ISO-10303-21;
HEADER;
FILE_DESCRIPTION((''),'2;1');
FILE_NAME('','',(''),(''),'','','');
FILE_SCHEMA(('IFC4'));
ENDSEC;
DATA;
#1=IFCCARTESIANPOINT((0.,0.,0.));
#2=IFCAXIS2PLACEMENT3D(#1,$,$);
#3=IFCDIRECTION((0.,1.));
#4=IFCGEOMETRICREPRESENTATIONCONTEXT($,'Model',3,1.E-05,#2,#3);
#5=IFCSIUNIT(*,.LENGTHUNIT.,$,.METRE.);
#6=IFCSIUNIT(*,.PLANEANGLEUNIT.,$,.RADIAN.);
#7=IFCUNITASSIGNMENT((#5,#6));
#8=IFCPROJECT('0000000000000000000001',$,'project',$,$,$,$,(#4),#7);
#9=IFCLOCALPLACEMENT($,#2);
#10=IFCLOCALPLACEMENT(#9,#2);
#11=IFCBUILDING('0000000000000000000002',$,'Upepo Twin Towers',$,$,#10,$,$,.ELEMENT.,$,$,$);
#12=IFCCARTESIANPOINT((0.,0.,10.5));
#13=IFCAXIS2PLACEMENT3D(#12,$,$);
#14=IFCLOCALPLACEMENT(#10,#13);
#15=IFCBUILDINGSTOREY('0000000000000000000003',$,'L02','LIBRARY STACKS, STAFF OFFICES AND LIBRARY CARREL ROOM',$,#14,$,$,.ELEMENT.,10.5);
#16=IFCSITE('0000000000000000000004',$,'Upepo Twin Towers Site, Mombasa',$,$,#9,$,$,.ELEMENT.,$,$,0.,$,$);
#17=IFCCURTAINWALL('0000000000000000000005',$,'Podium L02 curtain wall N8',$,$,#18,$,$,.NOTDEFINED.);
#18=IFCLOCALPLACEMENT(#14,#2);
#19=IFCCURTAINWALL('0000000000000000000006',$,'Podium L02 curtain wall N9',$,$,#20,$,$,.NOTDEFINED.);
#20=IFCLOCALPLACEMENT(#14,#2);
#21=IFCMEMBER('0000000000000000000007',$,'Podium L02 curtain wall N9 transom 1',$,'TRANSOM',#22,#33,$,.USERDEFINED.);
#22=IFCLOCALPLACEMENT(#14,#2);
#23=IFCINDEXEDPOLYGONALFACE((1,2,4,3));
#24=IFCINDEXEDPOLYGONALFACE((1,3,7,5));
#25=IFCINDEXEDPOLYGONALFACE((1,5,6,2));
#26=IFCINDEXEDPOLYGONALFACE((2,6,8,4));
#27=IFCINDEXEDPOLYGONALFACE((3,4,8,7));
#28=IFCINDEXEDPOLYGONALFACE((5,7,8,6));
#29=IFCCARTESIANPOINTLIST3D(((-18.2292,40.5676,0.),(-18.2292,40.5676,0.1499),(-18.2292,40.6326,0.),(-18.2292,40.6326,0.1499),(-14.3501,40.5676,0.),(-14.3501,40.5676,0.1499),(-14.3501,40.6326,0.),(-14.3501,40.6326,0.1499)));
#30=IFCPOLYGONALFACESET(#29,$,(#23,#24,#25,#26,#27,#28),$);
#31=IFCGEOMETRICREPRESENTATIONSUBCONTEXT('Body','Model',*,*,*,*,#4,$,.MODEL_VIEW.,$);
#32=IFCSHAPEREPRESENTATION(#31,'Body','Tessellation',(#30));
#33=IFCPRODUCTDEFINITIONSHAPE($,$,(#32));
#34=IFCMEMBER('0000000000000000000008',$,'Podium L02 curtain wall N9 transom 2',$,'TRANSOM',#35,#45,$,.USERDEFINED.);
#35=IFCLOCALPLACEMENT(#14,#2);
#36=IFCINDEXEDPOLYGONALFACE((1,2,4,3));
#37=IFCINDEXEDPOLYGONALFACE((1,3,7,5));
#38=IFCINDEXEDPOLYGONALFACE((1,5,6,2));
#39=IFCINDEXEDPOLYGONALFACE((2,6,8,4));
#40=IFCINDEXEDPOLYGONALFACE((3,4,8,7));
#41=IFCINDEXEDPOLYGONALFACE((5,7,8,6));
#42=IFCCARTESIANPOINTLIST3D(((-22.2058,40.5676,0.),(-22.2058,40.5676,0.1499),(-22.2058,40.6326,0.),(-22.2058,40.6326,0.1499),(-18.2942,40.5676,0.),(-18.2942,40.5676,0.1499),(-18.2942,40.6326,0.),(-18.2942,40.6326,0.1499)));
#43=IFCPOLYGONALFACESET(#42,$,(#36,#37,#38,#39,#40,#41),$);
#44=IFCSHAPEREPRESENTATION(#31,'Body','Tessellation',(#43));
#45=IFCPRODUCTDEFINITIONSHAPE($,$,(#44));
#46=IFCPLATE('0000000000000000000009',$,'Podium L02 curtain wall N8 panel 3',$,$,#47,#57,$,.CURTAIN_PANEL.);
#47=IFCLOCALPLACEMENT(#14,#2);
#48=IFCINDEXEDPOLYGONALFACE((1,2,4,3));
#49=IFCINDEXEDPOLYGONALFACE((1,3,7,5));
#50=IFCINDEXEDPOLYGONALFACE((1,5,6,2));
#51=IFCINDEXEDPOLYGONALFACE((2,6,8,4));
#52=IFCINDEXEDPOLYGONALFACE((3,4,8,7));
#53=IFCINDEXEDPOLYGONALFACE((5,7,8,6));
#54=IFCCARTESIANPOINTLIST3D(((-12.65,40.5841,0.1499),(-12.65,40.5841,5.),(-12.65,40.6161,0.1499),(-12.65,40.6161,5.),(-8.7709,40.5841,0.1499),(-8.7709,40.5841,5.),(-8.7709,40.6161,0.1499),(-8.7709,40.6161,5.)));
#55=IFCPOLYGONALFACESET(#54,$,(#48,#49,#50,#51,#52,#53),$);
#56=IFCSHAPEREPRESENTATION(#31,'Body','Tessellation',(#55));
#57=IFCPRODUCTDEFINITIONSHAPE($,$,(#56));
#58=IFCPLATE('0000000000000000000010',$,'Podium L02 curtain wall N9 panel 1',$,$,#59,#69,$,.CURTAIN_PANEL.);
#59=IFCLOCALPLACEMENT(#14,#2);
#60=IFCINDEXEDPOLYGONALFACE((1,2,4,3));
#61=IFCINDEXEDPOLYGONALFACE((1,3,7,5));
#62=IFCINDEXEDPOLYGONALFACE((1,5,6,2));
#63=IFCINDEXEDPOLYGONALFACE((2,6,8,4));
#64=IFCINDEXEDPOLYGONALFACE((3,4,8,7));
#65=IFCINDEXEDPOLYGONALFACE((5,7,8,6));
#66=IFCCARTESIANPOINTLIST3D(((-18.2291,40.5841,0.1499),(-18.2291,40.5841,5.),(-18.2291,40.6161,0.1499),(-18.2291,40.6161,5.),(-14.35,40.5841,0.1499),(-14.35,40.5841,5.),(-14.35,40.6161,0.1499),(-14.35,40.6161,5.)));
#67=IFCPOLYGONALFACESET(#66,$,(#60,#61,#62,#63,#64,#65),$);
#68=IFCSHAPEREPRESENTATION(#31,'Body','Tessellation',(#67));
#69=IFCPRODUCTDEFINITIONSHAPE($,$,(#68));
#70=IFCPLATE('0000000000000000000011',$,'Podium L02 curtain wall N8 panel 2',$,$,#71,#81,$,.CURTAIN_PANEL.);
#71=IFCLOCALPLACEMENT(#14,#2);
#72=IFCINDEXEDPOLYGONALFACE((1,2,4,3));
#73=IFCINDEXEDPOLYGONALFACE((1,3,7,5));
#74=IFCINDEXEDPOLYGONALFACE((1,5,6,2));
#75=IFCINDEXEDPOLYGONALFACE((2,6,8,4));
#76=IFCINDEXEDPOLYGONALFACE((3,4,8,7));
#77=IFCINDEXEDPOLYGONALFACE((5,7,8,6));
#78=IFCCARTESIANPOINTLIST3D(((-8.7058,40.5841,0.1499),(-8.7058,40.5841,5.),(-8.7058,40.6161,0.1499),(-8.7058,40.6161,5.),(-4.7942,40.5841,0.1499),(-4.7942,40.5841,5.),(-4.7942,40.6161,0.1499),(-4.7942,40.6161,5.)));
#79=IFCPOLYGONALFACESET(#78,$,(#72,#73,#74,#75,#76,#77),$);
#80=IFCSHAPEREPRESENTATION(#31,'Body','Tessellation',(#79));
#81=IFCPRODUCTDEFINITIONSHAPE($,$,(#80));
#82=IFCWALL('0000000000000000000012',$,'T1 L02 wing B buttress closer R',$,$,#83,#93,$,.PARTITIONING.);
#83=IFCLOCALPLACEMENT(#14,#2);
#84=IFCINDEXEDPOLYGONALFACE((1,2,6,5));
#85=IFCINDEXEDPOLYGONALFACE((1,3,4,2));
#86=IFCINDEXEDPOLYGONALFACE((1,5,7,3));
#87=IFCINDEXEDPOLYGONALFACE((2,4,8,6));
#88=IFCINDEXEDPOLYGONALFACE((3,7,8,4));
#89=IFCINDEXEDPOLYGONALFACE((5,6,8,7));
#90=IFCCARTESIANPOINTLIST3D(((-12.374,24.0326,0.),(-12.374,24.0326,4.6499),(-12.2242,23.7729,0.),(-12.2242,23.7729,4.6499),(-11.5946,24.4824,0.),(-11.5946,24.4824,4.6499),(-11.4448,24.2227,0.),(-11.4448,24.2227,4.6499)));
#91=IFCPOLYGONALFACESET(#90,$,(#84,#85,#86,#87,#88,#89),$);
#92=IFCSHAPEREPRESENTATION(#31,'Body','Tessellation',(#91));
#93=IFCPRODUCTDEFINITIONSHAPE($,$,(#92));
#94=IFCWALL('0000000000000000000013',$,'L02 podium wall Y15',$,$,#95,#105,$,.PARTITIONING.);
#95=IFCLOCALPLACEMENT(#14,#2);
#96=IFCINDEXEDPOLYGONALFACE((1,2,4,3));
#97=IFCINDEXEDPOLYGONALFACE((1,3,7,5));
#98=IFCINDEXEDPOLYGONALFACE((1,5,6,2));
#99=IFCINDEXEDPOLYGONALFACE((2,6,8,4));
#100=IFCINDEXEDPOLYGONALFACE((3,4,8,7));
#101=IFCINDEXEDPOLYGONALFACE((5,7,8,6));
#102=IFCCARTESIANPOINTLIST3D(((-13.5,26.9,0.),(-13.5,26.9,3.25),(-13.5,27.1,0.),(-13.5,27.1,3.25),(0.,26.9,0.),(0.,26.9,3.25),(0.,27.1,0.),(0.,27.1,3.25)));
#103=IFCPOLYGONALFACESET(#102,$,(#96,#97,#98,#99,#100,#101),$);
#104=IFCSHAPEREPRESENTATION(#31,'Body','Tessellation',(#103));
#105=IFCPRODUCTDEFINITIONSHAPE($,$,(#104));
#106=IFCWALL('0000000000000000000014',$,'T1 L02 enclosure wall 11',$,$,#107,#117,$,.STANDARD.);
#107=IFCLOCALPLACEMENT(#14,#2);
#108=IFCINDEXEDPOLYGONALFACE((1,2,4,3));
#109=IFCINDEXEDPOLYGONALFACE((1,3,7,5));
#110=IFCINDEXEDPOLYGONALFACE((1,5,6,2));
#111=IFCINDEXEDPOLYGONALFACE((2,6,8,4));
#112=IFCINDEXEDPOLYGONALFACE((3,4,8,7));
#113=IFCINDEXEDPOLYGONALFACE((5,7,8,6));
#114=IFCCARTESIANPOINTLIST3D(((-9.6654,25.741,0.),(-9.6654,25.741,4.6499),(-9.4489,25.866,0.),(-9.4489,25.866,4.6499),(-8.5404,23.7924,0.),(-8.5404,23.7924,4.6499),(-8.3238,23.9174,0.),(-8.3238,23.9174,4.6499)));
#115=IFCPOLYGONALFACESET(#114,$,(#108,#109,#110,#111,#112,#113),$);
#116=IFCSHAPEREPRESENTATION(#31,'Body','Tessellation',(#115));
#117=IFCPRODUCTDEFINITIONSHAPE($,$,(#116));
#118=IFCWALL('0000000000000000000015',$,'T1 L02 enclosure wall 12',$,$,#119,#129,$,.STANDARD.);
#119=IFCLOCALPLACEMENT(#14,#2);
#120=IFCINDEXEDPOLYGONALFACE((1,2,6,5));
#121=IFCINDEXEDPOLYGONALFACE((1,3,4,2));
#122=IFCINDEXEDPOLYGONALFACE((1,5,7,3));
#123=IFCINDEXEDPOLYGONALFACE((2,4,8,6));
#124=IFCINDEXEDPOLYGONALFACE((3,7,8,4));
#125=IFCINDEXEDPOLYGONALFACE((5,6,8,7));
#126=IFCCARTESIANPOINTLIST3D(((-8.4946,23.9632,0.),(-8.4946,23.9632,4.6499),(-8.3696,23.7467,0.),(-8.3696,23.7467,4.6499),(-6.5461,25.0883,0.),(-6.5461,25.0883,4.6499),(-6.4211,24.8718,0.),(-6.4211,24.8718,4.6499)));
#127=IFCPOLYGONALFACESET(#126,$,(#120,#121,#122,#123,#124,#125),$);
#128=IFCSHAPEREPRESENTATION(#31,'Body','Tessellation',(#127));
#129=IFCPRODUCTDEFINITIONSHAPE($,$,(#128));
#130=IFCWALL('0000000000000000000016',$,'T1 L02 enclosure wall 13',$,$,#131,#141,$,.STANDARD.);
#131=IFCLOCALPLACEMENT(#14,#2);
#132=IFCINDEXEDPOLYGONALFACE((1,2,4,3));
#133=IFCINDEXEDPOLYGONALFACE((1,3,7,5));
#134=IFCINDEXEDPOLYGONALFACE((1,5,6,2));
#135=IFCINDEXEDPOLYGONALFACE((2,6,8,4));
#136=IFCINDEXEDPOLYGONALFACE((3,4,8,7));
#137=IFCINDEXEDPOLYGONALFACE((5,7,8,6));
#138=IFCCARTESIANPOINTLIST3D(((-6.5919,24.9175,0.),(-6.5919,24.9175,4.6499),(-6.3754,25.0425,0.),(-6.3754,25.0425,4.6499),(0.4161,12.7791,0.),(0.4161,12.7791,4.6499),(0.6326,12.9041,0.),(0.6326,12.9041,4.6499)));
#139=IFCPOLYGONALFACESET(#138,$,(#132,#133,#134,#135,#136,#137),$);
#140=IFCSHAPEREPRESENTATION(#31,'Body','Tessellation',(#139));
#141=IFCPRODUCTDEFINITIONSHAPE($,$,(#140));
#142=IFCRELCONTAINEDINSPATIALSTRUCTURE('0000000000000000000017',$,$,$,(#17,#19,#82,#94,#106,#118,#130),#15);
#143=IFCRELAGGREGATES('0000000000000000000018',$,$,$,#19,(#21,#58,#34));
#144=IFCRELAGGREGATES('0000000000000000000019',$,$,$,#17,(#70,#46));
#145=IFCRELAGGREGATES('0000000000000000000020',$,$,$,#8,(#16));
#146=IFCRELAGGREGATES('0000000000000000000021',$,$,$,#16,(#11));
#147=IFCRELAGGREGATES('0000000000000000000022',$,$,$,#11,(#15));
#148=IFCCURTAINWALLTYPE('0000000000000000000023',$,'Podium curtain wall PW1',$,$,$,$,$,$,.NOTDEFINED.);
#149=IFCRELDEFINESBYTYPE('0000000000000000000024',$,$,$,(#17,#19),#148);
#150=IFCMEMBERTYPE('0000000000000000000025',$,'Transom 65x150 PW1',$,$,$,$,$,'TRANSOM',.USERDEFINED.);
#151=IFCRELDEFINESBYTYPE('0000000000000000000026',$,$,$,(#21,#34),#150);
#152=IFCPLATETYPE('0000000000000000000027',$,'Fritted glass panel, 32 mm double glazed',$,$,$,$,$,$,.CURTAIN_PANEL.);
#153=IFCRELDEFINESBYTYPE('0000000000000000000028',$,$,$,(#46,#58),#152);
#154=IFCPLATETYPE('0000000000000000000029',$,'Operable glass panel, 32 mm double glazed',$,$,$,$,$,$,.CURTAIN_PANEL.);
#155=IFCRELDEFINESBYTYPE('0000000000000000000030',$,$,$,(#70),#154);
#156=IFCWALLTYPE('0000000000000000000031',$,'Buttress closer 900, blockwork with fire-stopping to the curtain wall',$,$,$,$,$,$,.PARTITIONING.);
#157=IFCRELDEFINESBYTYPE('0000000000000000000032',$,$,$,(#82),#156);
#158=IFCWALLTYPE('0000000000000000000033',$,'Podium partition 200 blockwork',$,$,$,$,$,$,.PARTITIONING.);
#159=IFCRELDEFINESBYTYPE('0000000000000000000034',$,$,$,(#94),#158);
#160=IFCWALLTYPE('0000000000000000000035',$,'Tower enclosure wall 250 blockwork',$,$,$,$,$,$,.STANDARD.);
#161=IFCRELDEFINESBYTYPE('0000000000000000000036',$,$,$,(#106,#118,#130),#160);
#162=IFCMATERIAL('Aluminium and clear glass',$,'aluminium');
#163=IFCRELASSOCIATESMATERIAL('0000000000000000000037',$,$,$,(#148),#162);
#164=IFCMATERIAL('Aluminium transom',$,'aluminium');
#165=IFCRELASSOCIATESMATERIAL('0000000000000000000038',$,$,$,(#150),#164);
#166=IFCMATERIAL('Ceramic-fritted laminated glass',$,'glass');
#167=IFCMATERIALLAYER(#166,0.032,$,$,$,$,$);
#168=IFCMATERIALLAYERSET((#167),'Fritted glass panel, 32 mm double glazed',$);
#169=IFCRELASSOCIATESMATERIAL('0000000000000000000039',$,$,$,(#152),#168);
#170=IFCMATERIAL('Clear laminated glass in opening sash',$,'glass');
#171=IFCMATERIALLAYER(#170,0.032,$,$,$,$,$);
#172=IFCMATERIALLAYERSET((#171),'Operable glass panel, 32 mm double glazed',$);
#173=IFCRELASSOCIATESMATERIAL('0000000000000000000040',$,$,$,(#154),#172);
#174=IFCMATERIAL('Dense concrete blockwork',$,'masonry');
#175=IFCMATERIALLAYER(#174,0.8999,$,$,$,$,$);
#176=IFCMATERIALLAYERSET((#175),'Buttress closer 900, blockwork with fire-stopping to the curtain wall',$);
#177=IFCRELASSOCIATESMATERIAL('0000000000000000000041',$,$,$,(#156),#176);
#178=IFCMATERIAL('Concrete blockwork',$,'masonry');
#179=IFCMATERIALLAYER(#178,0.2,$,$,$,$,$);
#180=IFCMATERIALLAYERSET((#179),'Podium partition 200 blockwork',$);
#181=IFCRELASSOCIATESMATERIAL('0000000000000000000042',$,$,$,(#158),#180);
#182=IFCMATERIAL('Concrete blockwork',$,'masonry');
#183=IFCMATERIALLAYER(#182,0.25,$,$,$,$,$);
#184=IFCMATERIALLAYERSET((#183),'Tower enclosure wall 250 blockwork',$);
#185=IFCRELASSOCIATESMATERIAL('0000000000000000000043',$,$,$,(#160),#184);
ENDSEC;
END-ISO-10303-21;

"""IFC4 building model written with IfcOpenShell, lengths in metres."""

from ifc_helpers import new_model, si_unit, direction, frame, frame_2d, origin, origin_2d, place, context, subcontext, project, spatial, rectangle, extrude, material, layer, layer_set, material_profile, profile_set, type_object, element, aggregate, save


model = new_model("IFC4")

# Units and contexts
model_context = context("Model", 3, precision=1e-05, world=origin(), true_north=direction((0.0, 1.0)))
body_context = subcontext(model_context, "Body", "Model", "MODEL_VIEW")
ifc_project = project(units=[si_unit("LENGTHUNIT", "METRE"), si_unit("PLANEANGLEUNIT", "RADIAN")], contexts=[model_context])

# Site, building, storey
site_placement = place(None, origin())
site = spatial("IfcSite", under=ifc_project, at=site_placement, Name="Upepo Twin Towers Site, Mombasa", CompositionType="ELEMENT", RefElevation=0.0)
building_placement = place(site_placement, origin())
building = spatial("IfcBuilding", under=site, at=building_placement, Name="Upepo Twin Towers", CompositionType="ELEMENT")
storey_placement = place(building_placement, frame((0.0, 0.0, 10.5)))
storey = spatial("IfcBuildingStorey", under=building, at=storey_placement, Name="L02", Description="LIBRARY STACKS, STAFF OFFICES AND LIBRARY CARREL ROOM", CompositionType="ELEMENT", Elevation=10.5)

# Curtain walls
ifc_material_1 = material(Name="Aluminium and clear glass", Category="aluminium")
curtain_wall_type = type_object("IfcCurtainWallType", Name="Podium curtain wall PW1", PredefinedType="NOTDEFINED", material=ifc_material_1)
curtain_wall_1_placement = place(storey_placement, origin())
curtain_wall_1 = element("IfcCurtainWall", 1, at=curtain_wall_1_placement, inside=storey, type_object=curtain_wall_type, Name="Podium L02 curtain wall N8", PredefinedType="NOTDEFINED")
curtain_wall_2_placement = place(storey_placement, origin())
curtain_wall_2 = element("IfcCurtainWall", 2, at=curtain_wall_2_placement, inside=storey, type_object=curtain_wall_type, Name="Podium L02 curtain wall N9", PredefinedType="NOTDEFINED")

# Members
ifc_material_2 = material(Name="Aluminium transom", Category="aluminium")
ifc_material_profile_1 = material_profile(ifc_material_2, rectangle(XDim=0.0649, YDim=0.1499, at=origin_2d()), Name="TRANSOM 65x150 PODIUM")
ifc_profile_set_1 = profile_set([ifc_material_profile_1], Name="Aluminium transom")
member_type_1 = type_object("IfcMemberType", Name="Transom 65x150 PW1", ElementType="TRANSOM", PredefinedType="USERDEFINED", material=ifc_profile_set_1)
member_1_placement = place(storey_placement, frame((-14.3501, 40.6001, 0.075), z_axis=(-1.0, 0.0, 0.0), x_axis=(0.0, -1.0, 0.0)))
member_1 = element("IfcMember", 3, at=member_1_placement, type_object=member_type_1, Name="Podium L02 curtain wall N9 transom 1", ObjectType="TRANSOM", PredefinedType="USERDEFINED", context=body_context, shape_type="SweptSolid", body=[
    extrude(rectangle(XDim=0.0649, YDim=0.1499, at=origin_2d()), origin(), (0.0, 0.0, 1.0), 3.8792),
])
member_2_placement = place(storey_placement, frame((-18.2942, 40.6001, 0.075), z_axis=(-1.0, 0.0, 0.0), x_axis=(0.0, -1.0, 0.0)))
member_2 = element("IfcMember", 4, at=member_2_placement, type_object=member_type_1, Name="Podium L02 curtain wall N9 transom 2", ObjectType="TRANSOM", PredefinedType="USERDEFINED", context=body_context, shape_type="SweptSolid", body=[
    extrude(rectangle(XDim=0.0649, YDim=0.1499, at=origin_2d()), origin(), (0.0, 0.0, 1.0), 3.9116),
])

# Plates
ifc_material_3 = material(Name="Ceramic-fritted laminated glass", Category="glass")
ifc_layer_1 = layer(ifc_material_3, 0.032)
ifc_layer_set_1 = layer_set([ifc_layer_1], Name="Fritted glass panel, 32 mm double glazed")
plate_type_1 = type_object("IfcPlateType", Name="Fritted glass panel, 32 mm double glazed", PredefinedType="CURTAIN_PANEL", material=ifc_layer_set_1)
plate_1_placement = place(storey_placement, frame((-10.7104, 40.6001, 0.1499), z_axis=(0.0, 0.0, 1.0), x_axis=(-1.0, 0.0, 0.0)))
plate_1 = element("IfcPlate", 5, at=plate_1_placement, type_object=plate_type_1, Name="Podium L02 curtain wall N8 panel 3", PredefinedType="CURTAIN_PANEL", context=body_context, shape_type="SweptSolid", body=[
    extrude(rectangle(XDim=3.8792, YDim=0.032, at=origin_2d()), origin(), (0.0, 0.0, 1.0), 4.8501),
])
plate_2_placement = place(storey_placement, frame((-16.2896, 40.6001, 0.1499), z_axis=(0.0, 0.0, 1.0), x_axis=(-1.0, 0.0, 0.0)))
plate_2 = element("IfcPlate", 6, at=plate_2_placement, type_object=plate_type_1, Name="Podium L02 curtain wall N9 panel 1", PredefinedType="CURTAIN_PANEL", context=body_context, shape_type="SweptSolid", body=[
    extrude(rectangle(XDim=3.8792, YDim=0.032, at=origin_2d()), origin(), (0.0, 0.0, 1.0), 4.8501),
])
aggregate(curtain_wall_2, [member_1, plate_2, member_2])
ifc_material_4 = material(Name="Clear laminated glass in opening sash", Category="glass")
ifc_layer_2 = layer(ifc_material_4, 0.032)
ifc_layer_set_2 = layer_set([ifc_layer_2], Name="Operable glass panel, 32 mm double glazed")
plate_type_2 = type_object("IfcPlateType", Name="Operable glass panel, 32 mm double glazed", PredefinedType="CURTAIN_PANEL", material=ifc_layer_set_2)
plate_3_placement = place(storey_placement, frame((-6.75, 40.6001, 0.1499), z_axis=(0.0, 0.0, 1.0), x_axis=(-1.0, 0.0, 0.0)))
plate_3 = element("IfcPlate", 7, at=plate_3_placement, type_object=plate_type_2, Name="Podium L02 curtain wall N8 panel 2", PredefinedType="CURTAIN_PANEL", context=body_context, shape_type="SweptSolid", body=[
    extrude(rectangle(XDim=3.9116, YDim=0.032, at=origin_2d()), origin(), (0.0, 0.0, 1.0), 4.8501),
])
aggregate(curtain_wall_1, [plate_3, plate_1])

# Walls
ifc_material_5 = material(Name="Dense concrete blockwork", Category="masonry")
ifc_layer_3 = layer(ifc_material_5, 0.8999)
ifc_layer_set_3 = layer_set([ifc_layer_3], Name="Buttress closer 900, blockwork with fire-stopping to the curtain wall")
wall_type_1 = type_object("IfcWallType", Name="Buttress closer 900, blockwork with fire-stopping to the curtain wall", PredefinedType="PARTITIONING", material=ifc_layer_set_3)
wall_1_placement = place(storey_placement, frame((-11.8345, 23.9978, 0.0), z_axis=(0.0, 0.0, 1.0), x_axis=(-0.499816, 0.866131, 0.0)))
element("IfcWall", 8, at=wall_1_placement, inside=storey, type_object=wall_type_1, Name="T1 L02 wing B buttress closer R", PredefinedType="PARTITIONING", context=body_context, shape_type="SweptSolid", body=[
    extrude(rectangle(XDim=0.2998, YDim=0.8999, at=frame_2d((0.1499, 0.0))), origin(), (0.0, 0.0, 1.0), 4.6499),
])
ifc_material_6 = material(Name="Concrete blockwork", Category="masonry")
ifc_layer_4 = layer(ifc_material_6, 0.2)
ifc_layer_set_4 = layer_set([ifc_layer_4], Name="Podium partition 200 blockwork")
wall_type_2 = type_object("IfcWallType", Name="Podium partition 200 blockwork", PredefinedType="PARTITIONING", material=ifc_layer_set_4)
wall_2_placement = place(storey_placement, frame((-13.5, 27.0, 0.0), z_axis=(0.0, 0.0, 1.0), x_axis=(1.0, 0.0, 0.0)))
element("IfcWall", 9, at=wall_2_placement, inside=storey, type_object=wall_type_2, Name="L02 podium wall Y15", PredefinedType="PARTITIONING", context=body_context, shape_type="SweptSolid", body=[
    extrude(rectangle(XDim=13.5, YDim=0.2, at=frame_2d((6.75, 0.0))), origin(), (0.0, 0.0, 1.0), 3.25),
])
ifc_material_7 = material(Name="Concrete blockwork", Category="masonry")
ifc_layer_5 = layer(ifc_material_7, 0.25)
ifc_layer_set_5 = layer_set([ifc_layer_5], Name="Tower enclosure wall 250 blockwork")
wall_type_3 = type_object("IfcWallType", Name="Tower enclosure wall 250 blockwork", PredefinedType="STANDARD", material=ifc_layer_set_5)
for number, where, z_axis, x_axis, name in (
    (10, (-9.5571, 25.8035, 0.0), (0.0, 0.0, 1.0), (0.500014, -0.866018, 0.0), "T1 L02 enclosure wall 11"),
    (11, (-8.4321, 23.855, 0.0), (0.0, 0.0, 1.0), (0.866018, 0.500014, 0.0), "T1 L02 enclosure wall 12"),
):
    element("IfcWall", number, at=place(storey_placement, frame(where, z_axis=z_axis, x_axis=x_axis)), inside=storey, type_object=wall_type_3, Name=name, PredefinedType="STANDARD", context=body_context, shape_type="SweptSolid", body=[
        extrude(rectangle(XDim=2.25, YDim=0.25, at=frame_2d((1.125, 0.0))), origin(), (0.0, 0.0, 1.0), 4.6499),
    ])
wall_3_placement = place(storey_placement, frame((-6.4836, 24.98, 0.0), z_axis=(0.0, 0.0, 1.0), x_axis=(0.499996, -0.866028, 0.0)))
element("IfcWall", 12, at=wall_3_placement, inside=storey, type_object=wall_type_3, Name="T1 L02 enclosure wall 13", PredefinedType="STANDARD", context=body_context, shape_type="SweptSolid", body=[
    extrude(rectangle(XDim=14.0161, YDim=0.25, at=frame_2d((7.0081, 0.0))), origin(), (0.0, 0.0, 1.0), 4.6499),
])

save(model, "model.ifc")
